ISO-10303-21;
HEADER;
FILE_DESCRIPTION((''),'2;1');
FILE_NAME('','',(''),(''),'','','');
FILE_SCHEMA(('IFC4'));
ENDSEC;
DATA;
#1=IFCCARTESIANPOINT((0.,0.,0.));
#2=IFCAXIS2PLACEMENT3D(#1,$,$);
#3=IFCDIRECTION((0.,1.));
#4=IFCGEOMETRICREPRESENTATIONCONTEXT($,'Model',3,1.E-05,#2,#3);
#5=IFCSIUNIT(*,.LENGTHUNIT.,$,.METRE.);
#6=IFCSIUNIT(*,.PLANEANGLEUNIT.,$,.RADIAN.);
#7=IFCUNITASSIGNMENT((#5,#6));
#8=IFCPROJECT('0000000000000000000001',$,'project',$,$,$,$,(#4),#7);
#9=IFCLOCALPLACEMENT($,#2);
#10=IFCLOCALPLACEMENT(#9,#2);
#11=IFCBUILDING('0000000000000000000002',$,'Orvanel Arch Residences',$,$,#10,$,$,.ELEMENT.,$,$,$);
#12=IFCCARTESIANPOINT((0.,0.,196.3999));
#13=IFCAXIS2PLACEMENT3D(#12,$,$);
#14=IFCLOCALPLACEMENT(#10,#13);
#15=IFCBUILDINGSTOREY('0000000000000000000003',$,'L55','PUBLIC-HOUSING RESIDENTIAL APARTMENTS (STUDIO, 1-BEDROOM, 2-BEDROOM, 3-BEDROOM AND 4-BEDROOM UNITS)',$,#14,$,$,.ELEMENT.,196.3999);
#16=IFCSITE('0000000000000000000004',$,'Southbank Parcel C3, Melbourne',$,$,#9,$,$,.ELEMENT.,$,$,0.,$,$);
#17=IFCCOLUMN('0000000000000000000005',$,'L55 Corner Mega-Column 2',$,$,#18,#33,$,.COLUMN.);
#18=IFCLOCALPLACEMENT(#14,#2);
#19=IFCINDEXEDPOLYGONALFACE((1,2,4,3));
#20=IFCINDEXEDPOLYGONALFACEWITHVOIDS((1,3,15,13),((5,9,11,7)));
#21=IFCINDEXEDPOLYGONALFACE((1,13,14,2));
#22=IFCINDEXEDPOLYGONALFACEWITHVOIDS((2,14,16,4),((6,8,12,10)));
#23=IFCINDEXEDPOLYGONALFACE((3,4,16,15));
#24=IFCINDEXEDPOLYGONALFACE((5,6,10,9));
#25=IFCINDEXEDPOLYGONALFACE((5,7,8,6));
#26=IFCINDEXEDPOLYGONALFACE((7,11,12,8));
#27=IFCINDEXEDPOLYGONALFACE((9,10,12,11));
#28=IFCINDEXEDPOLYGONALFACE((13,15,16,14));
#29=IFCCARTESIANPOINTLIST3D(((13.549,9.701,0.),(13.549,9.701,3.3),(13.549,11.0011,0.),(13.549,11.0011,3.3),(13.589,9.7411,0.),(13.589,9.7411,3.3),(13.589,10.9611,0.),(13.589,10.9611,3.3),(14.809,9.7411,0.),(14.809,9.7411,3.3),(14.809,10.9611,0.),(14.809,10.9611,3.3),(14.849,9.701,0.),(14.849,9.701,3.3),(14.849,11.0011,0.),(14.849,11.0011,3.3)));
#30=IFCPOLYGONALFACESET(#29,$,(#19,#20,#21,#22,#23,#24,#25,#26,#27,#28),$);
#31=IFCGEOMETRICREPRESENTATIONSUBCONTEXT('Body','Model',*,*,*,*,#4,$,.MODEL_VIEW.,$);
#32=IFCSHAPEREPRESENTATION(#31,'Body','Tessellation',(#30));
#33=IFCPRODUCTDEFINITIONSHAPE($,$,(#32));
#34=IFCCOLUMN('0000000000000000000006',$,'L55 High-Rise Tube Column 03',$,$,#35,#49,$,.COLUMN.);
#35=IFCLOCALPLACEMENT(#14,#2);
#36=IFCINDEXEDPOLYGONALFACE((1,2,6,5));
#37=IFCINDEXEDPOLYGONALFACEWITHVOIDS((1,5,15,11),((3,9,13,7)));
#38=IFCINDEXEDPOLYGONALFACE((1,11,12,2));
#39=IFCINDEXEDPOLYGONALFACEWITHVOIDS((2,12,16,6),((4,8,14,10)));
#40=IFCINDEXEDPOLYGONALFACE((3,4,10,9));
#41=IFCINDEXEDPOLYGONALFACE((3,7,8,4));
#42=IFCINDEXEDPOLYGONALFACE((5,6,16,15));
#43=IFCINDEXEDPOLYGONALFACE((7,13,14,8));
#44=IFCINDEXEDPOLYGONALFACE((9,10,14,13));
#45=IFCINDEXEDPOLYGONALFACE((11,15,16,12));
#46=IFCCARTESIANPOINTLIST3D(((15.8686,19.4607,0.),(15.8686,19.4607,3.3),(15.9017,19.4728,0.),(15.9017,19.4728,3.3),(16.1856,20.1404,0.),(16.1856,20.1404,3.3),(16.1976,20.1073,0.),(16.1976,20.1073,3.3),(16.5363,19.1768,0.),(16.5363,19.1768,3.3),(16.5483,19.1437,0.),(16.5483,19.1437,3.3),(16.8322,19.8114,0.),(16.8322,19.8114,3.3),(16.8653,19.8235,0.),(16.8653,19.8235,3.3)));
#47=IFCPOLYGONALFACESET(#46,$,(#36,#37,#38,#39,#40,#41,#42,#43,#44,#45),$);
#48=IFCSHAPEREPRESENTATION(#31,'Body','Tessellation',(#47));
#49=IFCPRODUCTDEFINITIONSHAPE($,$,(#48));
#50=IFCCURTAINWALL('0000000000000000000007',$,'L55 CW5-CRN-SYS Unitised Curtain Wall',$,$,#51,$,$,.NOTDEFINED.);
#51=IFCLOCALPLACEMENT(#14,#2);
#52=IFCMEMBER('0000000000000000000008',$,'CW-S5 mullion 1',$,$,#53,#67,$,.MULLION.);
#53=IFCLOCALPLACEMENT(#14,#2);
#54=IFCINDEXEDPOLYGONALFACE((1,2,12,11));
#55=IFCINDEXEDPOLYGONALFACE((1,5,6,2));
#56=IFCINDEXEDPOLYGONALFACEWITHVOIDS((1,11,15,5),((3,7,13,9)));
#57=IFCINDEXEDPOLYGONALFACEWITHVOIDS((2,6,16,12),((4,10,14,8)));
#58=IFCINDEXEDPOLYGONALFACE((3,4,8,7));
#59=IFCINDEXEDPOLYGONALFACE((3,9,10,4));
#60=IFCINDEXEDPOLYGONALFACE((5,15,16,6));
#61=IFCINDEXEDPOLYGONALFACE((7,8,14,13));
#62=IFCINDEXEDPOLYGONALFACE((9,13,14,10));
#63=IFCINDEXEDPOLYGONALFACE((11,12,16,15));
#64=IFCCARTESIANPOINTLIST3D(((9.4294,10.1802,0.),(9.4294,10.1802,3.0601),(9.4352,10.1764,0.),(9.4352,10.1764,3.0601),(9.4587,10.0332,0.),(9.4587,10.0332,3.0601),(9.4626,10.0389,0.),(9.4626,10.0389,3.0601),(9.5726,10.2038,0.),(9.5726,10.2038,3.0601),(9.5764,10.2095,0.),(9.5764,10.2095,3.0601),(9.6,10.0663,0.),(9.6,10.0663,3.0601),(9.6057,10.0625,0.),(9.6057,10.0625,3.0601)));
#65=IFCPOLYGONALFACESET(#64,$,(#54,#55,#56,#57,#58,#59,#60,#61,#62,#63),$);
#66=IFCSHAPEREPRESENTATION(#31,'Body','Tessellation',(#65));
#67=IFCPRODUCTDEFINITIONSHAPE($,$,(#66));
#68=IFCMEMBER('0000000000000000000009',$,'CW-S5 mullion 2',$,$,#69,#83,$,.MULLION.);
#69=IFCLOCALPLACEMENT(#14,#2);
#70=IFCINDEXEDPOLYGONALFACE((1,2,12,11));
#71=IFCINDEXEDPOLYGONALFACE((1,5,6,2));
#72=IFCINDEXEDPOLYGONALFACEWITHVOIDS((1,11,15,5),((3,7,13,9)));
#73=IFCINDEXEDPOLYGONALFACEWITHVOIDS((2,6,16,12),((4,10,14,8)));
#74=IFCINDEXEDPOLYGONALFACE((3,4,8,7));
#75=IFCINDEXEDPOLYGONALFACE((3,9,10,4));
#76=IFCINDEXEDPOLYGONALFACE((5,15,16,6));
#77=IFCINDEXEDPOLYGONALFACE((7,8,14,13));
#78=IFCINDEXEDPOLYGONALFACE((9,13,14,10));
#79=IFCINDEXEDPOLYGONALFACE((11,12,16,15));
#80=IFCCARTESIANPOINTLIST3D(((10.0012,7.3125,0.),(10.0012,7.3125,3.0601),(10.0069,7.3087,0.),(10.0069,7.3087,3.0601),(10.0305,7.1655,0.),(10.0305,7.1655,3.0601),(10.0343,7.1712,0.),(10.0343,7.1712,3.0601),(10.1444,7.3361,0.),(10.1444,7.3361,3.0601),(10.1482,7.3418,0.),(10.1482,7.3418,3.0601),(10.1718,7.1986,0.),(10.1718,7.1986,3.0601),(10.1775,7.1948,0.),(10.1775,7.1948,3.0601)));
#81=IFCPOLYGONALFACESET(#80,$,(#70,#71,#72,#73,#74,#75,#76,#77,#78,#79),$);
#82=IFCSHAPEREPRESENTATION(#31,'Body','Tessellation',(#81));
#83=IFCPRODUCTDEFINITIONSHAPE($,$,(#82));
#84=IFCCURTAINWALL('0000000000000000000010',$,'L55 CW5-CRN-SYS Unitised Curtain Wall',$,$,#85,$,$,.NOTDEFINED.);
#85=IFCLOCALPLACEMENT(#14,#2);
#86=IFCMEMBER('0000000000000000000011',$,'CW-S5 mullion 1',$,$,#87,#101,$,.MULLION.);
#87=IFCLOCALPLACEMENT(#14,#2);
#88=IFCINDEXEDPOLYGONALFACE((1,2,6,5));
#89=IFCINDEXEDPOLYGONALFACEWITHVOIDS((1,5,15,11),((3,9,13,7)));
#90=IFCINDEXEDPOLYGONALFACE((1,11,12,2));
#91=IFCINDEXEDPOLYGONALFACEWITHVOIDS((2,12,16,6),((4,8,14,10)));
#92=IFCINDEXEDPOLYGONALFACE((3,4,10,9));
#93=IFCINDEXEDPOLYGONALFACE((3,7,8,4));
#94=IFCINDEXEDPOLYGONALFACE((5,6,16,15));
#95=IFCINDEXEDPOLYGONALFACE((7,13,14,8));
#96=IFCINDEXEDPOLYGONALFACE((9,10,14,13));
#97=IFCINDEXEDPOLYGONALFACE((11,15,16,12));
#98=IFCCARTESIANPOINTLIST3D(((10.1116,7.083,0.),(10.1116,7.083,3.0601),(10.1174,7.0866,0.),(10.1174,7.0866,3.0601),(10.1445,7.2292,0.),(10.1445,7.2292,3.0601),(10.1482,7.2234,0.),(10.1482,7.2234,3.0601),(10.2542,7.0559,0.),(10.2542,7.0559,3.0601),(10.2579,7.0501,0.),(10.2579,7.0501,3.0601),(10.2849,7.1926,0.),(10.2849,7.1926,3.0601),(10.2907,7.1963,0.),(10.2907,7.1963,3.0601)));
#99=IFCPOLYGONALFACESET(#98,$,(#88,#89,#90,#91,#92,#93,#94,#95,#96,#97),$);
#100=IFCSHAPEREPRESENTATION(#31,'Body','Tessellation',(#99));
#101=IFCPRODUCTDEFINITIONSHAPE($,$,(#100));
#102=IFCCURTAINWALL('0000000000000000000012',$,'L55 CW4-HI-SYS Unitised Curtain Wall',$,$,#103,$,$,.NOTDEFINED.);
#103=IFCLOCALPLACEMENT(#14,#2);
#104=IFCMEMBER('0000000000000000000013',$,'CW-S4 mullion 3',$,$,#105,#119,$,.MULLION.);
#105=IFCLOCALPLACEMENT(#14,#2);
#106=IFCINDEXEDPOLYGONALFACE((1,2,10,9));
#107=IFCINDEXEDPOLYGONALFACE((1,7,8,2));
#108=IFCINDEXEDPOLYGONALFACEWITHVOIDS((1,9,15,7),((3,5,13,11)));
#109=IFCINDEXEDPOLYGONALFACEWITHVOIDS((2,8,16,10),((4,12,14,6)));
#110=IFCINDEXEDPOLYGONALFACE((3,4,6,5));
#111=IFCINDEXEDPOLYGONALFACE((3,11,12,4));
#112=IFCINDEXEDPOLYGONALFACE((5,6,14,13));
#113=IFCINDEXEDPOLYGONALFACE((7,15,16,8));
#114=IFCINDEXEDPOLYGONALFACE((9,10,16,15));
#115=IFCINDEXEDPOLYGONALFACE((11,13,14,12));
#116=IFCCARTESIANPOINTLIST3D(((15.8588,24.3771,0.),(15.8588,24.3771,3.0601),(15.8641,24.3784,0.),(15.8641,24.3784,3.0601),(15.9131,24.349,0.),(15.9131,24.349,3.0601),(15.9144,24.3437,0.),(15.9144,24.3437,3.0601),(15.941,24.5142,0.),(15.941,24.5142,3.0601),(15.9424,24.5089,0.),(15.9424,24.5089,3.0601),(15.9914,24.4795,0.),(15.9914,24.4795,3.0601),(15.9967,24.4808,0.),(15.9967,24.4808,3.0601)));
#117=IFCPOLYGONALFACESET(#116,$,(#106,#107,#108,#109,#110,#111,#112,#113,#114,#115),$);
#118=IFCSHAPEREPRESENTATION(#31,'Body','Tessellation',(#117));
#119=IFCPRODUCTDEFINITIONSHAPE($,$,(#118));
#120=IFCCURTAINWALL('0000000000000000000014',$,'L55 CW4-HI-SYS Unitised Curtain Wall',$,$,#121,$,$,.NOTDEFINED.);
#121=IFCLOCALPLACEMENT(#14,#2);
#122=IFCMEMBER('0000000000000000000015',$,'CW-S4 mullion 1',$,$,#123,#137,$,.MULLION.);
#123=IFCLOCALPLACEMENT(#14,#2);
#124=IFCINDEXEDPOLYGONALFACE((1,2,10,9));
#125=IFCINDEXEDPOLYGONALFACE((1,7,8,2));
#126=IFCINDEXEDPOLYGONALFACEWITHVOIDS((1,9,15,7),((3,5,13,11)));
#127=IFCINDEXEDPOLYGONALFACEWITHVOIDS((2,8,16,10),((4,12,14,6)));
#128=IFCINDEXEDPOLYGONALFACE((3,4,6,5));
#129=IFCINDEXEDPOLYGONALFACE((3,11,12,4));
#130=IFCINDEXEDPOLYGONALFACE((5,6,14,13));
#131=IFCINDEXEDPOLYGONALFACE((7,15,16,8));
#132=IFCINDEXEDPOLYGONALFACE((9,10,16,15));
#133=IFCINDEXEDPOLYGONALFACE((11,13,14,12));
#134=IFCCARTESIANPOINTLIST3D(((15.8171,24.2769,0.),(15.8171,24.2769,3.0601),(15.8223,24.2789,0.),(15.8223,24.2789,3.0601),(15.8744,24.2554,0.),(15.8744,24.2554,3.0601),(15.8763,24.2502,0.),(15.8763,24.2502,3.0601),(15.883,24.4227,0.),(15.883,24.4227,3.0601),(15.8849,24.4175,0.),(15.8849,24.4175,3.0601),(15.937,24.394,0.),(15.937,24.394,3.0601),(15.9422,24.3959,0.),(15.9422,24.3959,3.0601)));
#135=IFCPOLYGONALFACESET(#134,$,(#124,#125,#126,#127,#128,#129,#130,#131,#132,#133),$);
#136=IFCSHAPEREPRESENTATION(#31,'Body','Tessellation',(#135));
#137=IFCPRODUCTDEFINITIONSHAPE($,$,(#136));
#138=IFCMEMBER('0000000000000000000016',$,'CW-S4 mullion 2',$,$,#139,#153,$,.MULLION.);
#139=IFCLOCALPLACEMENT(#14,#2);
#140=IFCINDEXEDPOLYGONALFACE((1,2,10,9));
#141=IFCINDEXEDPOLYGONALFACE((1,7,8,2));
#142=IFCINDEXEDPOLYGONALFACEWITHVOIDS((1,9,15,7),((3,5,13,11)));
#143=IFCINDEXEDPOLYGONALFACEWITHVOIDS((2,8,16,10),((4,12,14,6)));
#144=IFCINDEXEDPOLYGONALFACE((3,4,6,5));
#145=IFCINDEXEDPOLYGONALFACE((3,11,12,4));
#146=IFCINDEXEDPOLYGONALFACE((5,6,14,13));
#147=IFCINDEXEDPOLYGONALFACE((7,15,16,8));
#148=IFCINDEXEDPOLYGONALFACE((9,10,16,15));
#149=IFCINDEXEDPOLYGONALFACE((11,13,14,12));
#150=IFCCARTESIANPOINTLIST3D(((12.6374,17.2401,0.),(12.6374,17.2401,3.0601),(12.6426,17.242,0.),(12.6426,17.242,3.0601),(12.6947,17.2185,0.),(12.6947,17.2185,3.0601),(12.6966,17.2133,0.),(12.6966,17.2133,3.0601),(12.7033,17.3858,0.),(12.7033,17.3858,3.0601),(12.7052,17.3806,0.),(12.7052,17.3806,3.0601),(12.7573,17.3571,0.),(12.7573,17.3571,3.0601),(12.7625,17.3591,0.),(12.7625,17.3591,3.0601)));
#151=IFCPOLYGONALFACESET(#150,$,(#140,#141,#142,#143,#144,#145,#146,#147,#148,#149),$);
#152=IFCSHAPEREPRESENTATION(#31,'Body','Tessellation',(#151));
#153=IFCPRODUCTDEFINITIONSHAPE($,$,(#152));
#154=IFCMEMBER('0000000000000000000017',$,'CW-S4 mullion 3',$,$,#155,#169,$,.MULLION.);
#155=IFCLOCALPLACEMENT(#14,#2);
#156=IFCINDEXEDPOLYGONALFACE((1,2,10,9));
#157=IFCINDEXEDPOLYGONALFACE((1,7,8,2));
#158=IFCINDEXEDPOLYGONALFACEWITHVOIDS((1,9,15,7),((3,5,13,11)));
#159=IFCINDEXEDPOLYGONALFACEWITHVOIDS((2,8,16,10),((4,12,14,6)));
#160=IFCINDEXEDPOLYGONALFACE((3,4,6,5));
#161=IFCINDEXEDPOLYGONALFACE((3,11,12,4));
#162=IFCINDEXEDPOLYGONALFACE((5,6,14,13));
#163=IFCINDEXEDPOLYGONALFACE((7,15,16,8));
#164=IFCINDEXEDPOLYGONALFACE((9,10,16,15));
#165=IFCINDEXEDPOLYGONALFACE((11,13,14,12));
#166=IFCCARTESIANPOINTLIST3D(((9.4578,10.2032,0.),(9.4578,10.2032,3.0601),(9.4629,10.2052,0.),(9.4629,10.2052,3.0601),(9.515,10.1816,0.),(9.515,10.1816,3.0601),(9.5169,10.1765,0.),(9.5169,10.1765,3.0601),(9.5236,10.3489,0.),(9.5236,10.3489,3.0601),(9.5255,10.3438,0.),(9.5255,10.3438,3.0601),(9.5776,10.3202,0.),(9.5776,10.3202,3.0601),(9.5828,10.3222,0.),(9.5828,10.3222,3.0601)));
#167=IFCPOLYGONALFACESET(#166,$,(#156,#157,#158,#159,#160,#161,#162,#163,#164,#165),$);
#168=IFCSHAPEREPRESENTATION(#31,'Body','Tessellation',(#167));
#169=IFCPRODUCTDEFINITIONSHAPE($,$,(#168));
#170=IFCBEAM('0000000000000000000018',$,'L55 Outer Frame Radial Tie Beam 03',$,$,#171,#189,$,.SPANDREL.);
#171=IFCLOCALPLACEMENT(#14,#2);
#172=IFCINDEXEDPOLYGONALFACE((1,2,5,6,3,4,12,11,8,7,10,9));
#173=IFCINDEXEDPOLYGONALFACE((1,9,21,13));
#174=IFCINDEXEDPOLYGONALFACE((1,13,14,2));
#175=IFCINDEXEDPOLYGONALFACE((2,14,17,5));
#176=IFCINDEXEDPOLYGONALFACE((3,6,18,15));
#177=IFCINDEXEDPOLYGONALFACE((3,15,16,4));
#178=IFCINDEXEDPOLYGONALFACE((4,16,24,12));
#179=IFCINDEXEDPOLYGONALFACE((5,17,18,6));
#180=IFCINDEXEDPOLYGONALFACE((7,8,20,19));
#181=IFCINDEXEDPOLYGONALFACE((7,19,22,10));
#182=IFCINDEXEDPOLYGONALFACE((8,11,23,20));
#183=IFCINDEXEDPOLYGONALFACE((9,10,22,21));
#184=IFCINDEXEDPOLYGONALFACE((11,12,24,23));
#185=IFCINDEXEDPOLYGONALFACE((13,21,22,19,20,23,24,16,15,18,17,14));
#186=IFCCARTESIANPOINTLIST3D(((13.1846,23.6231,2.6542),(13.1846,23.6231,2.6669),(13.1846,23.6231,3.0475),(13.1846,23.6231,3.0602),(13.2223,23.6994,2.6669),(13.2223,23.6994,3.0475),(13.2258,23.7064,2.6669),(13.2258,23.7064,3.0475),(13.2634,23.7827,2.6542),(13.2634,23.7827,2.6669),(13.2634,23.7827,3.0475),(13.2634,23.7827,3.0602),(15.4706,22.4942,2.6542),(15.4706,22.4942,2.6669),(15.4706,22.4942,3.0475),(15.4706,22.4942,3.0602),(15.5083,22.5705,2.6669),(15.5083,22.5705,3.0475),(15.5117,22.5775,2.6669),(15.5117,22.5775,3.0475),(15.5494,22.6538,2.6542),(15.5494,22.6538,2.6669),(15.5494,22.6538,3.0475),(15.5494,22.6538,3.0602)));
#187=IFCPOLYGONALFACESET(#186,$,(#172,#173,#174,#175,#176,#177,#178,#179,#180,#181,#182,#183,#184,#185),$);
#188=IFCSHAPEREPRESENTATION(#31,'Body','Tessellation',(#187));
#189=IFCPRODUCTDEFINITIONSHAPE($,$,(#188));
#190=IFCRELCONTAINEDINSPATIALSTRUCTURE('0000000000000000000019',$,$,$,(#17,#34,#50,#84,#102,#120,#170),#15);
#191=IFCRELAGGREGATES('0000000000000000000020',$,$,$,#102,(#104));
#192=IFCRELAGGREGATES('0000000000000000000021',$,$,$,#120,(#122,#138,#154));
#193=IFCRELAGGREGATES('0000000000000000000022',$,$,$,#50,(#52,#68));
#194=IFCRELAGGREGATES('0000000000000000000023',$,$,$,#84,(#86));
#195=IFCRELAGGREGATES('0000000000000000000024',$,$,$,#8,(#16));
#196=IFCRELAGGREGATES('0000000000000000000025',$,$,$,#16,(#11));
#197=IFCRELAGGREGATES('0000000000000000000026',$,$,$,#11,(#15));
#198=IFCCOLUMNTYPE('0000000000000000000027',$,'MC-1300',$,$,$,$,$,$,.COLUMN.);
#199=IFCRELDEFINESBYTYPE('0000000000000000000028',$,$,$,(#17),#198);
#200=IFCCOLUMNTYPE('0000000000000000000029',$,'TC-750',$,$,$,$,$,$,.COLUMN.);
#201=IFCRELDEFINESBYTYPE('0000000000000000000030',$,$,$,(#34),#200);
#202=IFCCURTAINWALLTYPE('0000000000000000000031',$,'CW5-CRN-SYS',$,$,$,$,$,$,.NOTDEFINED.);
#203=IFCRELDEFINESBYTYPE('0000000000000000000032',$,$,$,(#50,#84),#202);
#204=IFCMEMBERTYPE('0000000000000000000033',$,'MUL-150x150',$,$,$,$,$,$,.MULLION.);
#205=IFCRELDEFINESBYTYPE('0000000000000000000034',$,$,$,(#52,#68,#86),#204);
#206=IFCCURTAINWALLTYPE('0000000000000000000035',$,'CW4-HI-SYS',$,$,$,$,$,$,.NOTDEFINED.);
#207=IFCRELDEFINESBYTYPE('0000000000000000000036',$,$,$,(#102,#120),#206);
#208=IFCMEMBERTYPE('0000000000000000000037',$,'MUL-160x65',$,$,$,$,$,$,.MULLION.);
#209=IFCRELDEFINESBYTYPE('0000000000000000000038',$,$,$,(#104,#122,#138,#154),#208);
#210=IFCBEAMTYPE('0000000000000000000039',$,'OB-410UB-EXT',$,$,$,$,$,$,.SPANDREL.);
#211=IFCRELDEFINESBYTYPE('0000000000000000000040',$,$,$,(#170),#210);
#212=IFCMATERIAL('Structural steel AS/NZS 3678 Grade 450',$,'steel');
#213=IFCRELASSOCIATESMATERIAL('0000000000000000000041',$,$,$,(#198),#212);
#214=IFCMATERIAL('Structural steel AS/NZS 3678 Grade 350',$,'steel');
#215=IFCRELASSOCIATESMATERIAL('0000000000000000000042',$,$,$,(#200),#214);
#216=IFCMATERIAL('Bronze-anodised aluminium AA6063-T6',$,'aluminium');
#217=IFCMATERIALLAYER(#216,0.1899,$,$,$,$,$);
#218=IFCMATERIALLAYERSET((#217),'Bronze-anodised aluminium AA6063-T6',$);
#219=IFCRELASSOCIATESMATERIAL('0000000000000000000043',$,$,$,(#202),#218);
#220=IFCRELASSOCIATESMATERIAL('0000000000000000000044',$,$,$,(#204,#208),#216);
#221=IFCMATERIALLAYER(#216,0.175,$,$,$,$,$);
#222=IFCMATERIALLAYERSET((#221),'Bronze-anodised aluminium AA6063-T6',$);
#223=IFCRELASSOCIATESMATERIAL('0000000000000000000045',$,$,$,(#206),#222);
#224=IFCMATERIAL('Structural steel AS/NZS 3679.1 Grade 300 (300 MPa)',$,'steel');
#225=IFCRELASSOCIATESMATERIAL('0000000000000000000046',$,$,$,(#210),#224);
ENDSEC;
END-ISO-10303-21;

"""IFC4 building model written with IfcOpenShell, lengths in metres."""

from ifc_helpers import new_model, si_unit, direction, frame, origin, origin_2d, place, context, subcontext, project, spatial, hollow_rectangle, i_section, extrude, material, layer, layer_set, material_profile, profile_set, type_object, element, aggregate, save


model = new_model("IFC4")

# Units and contexts
model_context = context("Model", 3, precision=1e-05, world=origin(), true_north=direction((0.0, 1.0)))
body_context = subcontext(model_context, "Body", "Model", "MODEL_VIEW")
ifc_project = project(units=[si_unit("LENGTHUNIT", "METRE"), si_unit("PLANEANGLEUNIT", "RADIAN")], contexts=[model_context])

# Site, building, storey
site_placement = place(None, origin())
site = spatial("IfcSite", under=ifc_project, at=site_placement, Name="Southbank Parcel C3, Melbourne", CompositionType="ELEMENT", RefElevation=0.0)
building_placement = place(site_placement, origin())
building = spatial("IfcBuilding", under=site, at=building_placement, Name="Orvanel Arch Residences", CompositionType="ELEMENT")
storey_placement = place(building_placement, frame((0.0, 0.0, 196.3999)))
storey = spatial("IfcBuildingStorey", under=building, at=storey_placement, Name="L55", Description="PUBLIC-HOUSING RESIDENTIAL APARTMENTS (STUDIO, 1-BEDROOM, 2-BEDROOM, 3-BEDROOM AND 4-BEDROOM UNITS)", CompositionType="ELEMENT", Elevation=196.3999)

# Columns
ifc_material_1 = material(Name="Structural steel AS/NZS 3678 Grade 450", Category="steel")
ifc_material_profile_1 = material_profile(ifc_material_1, hollow_rectangle(XDim=1.3, YDim=1.3, WallThickness=0.04, at=origin_2d()), Name="BOX1300x1300x40")
ifc_profile_set_1 = profile_set([ifc_material_profile_1], Name="Structural steel AS/NZS 3678 Grade 450")
column_type_1 = type_object("IfcColumnType", Name="MC-1300", PredefinedType="COLUMN", material=ifc_profile_set_1)
column_1_placement = place(storey_placement, frame((14.199, 10.3511, 0.0), z_axis=(0.0, 0.0, 1.0), x_axis=(1.0, 0.0, 0.0)))
element("IfcColumn", 1, at=column_1_placement, inside=storey, type_object=column_type_1, Name="L55 Corner Mega-Column 2", PredefinedType="COLUMN", context=body_context, shape_type="SweptSolid", body=[
    extrude(hollow_rectangle(XDim=1.3, YDim=1.3, WallThickness=0.04, at=origin_2d()), origin(), (0.0, 0.0, 1.0), 3.3),
])
ifc_material_2 = material(Name="Structural steel AS/NZS 3678 Grade 350", Category="steel")
ifc_material_profile_2 = material_profile(ifc_material_2, hollow_rectangle(XDim=0.75, YDim=0.75, WallThickness=0.0249, at=origin_2d()), Name="BOX750x750x25")
ifc_profile_set_2 = profile_set([ifc_material_profile_2], Name="Structural steel AS/NZS 3678 Grade 350")
column_type_2 = type_object("IfcColumnType", Name="TC-750", PredefinedType="COLUMN", material=ifc_profile_set_2)
column_2_placement = place(storey_placement, frame((16.3669, 19.6421, 0.0), z_axis=(0.0, 0.0, 1.0), x_axis=(0.422618, 0.906308, 0.0)))
element("IfcColumn", 2, at=column_2_placement, inside=storey, type_object=column_type_2, Name="L55 High-Rise Tube Column 03", PredefinedType="COLUMN", context=body_context, shape_type="SweptSolid", body=[
    extrude(hollow_rectangle(XDim=0.75, YDim=0.75, WallThickness=0.0249, at=origin_2d()), origin(), (0.0, 0.0, 1.0), 3.3),
])

# Curtain wall, members
ifc_material_3 = material(Name="Bronze-anodised aluminium AA6063-T6", Category="aluminium")
ifc_layer_1 = layer(ifc_material_3, 0.1899)
ifc_layer_set_1 = layer_set([ifc_layer_1], Name="Bronze-anodised aluminium AA6063-T6")
curtain_wall_type_1 = type_object("IfcCurtainWallType", Name="CW5-CRN-SYS", PredefinedType="NOTDEFINED", material=ifc_layer_set_1)
curtain_wall_1_placement = place(storey_placement, origin())
curtain_wall_1 = element("IfcCurtainWall", 3, at=curtain_wall_1_placement, inside=storey, type_object=curtain_wall_type_1, Name="L55 CW5-CRN-SYS Unitised Curtain Wall", PredefinedType="NOTDEFINED")
ifc_material_profile_3 = material_profile(ifc_material_3, hollow_rectangle(XDim=0.1499, YDim=0.1499, WallThickness=0.0049, at=origin_2d()), Name="ALU150x150x5")
ifc_profile_set_3 = profile_set([ifc_material_profile_3], Name="Bronze-anodised aluminium AA6063-T6")
member_type_1 = type_object("IfcMemberType", Name="MUL-150x150", PredefinedType="MULLION", material=ifc_profile_set_3)
member_1_placement = place(storey_placement, frame((9.5176, 10.1213, 0.0), z_axis=(0.0, 0.0, 1.0), x_axis=(0.980706, 0.195491, 0.0)))
member_1 = element("IfcMember", 4, at=member_1_placement, type_object=member_type_1, Name="CW-S5 mullion 1", PredefinedType="MULLION", context=body_context, shape_type="SweptSolid", body=[
    extrude(hollow_rectangle(XDim=0.1499, YDim=0.1499, WallThickness=0.0049, at=origin_2d()), origin(), (0.0, 0.0, 1.0), 3.0601),
])
member_2_placement = place(storey_placement, frame((10.0894, 7.2537, 0.0), z_axis=(0.0, 0.0, 1.0), x_axis=(0.980706, 0.195491, 0.0)))
member_2 = element("IfcMember", 5, at=member_2_placement, type_object=member_type_1, Name="CW-S5 mullion 2", PredefinedType="MULLION", context=body_context, shape_type="SweptSolid", body=[
    extrude(hollow_rectangle(XDim=0.1499, YDim=0.1499, WallThickness=0.0049, at=origin_2d()), origin(), (0.0, 0.0, 1.0), 3.0601),
])

# Curtain walls, members
curtain_wall_2_placement = place(storey_placement, origin())
curtain_wall_2 = element("IfcCurtainWall", 6, at=curtain_wall_2_placement, inside=storey, type_object=curtain_wall_type_1, Name="L55 CW5-CRN-SYS Unitised Curtain Wall", PredefinedType="NOTDEFINED")
member_3_placement = place(storey_placement, frame((10.2012, 7.1396, 0.0), z_axis=(0.0, 0.0, 1.0), x_axis=(0.219262, 0.975666, 0.0)))
member_3 = element("IfcMember", 7, at=member_3_placement, type_object=member_type_1, Name="CW-S5 mullion 1", PredefinedType="MULLION", context=body_context, shape_type="SweptSolid", body=[
    extrude(hollow_rectangle(XDim=0.1499, YDim=0.1499, WallThickness=0.0049, at=origin_2d()), origin(), (0.0, 0.0, 1.0), 3.0601),
])
ifc_layer_2 = layer(ifc_material_3, 0.175)
ifc_layer_set_2 = layer_set([ifc_layer_2], Name="Bronze-anodised aluminium AA6063-T6")
curtain_wall_type_2 = type_object("IfcCurtainWallType", Name="CW4-HI-SYS", PredefinedType="NOTDEFINED", material=ifc_layer_set_2)
curtain_wall_3_placement = place(storey_placement, origin())
curtain_wall_3 = element("IfcCurtainWall", 8, at=curtain_wall_3_placement, inside=storey, type_object=curtain_wall_type_2, Name="L55 CW4-HI-SYS Unitised Curtain Wall", PredefinedType="NOTDEFINED")
ifc_material_profile_4 = material_profile(ifc_material_3, hollow_rectangle(XDim=0.0649, YDim=0.1599, WallThickness=0.0039, at=origin_2d()), Name="ALU160x65x4")
ifc_profile_set_4 = profile_set([ifc_material_profile_4], Name="Bronze-anodised aluminium AA6063-T6")
member_type_2 = type_object("IfcMemberType", Name="MUL-160x65", PredefinedType="MULLION", material=ifc_profile_set_4)
member_4_placement = place(storey_placement, frame((15.9277, 24.429, 0.0), z_axis=(0.0, 0.0, 1.0), x_axis=(0.857493, -0.514496, 0.0)))
member_4 = element("IfcMember", 9, at=member_4_placement, type_object=member_type_2, Name="CW-S4 mullion 3", PredefinedType="MULLION", context=body_context, shape_type="SweptSolid", body=[
    extrude(hollow_rectangle(XDim=0.0649, YDim=0.1599, WallThickness=0.0039, at=origin_2d()), origin(), (0.0, 0.0, 1.0), 3.0601),
])
aggregate(curtain_wall_3, [member_4])

# Curtain wall, members
curtain_wall_4_placement = place(storey_placement, origin())
curtain_wall_4 = element("IfcCurtainWall", 10, at=curtain_wall_4_placement, inside=storey, type_object=curtain_wall_type_2, Name="L55 CW4-HI-SYS Unitised Curtain Wall", PredefinedType="NOTDEFINED")
member_5_placement = place(storey_placement, frame((15.8796, 24.3364, 0.0), z_axis=(0.0, 0.0, 1.0), x_axis=(0.911289, -0.411766, 0.0)))
member_5 = element("IfcMember", 11, at=member_5_placement, type_object=member_type_2, Name="CW-S4 mullion 1", PredefinedType="MULLION", context=body_context, shape_type="SweptSolid", body=[
    extrude(hollow_rectangle(XDim=0.0649, YDim=0.1599, WallThickness=0.0039, at=origin_2d()), origin(), (0.0, 0.0, 1.0), 3.0601),
])
member_6_placement = place(storey_placement, frame((12.7, 17.2996, 0.0), z_axis=(0.0, 0.0, 1.0), x_axis=(0.911289, -0.411766, 0.0)))
member_6 = element("IfcMember", 12, at=member_6_placement, type_object=member_type_2, Name="CW-S4 mullion 2", PredefinedType="MULLION", context=body_context, shape_type="SweptSolid", body=[
    extrude(hollow_rectangle(XDim=0.0649, YDim=0.1599, WallThickness=0.0039, at=origin_2d()), origin(), (0.0, 0.0, 1.0), 3.0601),
])
member_7_placement = place(storey_placement, frame((9.5203, 10.2627, 0.0), z_axis=(0.0, 0.0, 1.0), x_axis=(0.911289, -0.411766, 0.0)))
member_7 = element("IfcMember", 13, at=member_7_placement, type_object=member_type_2, Name="CW-S4 mullion 3", PredefinedType="MULLION", context=body_context, shape_type="SweptSolid", body=[
    extrude(hollow_rectangle(XDim=0.0649, YDim=0.1599, WallThickness=0.0039, at=origin_2d()), origin(), (0.0, 0.0, 1.0), 3.0601),
])

# Beam
ifc_material_4 = material(Name="Structural steel AS/NZS 3679.1 Grade 300 (300 MPa)", Category="steel")
ifc_material_profile_5 = material_profile(ifc_material_4, i_section(OverallWidth=0.178, OverallDepth=0.406, WebThickness=0.0078, FlangeThickness=0.0127, at=origin_2d()), Name="410UB59.7")
ifc_profile_set_5 = profile_set([ifc_material_profile_5], Name="Structural steel AS/NZS 3679.1 Grade 300 (300 MPa)")
beam_type_1 = type_object("IfcBeamType", Name="OB-410UB-EXT", PredefinedType="SPANDREL", material=ifc_profile_set_5)
beam_1_placement = place(storey_placement, frame((15.51, 22.574, 2.8572), z_axis=(-0.896619, 0.442803, 0.0), x_axis=(-0.442803, -0.896619, 0.0)))
element("IfcBeam", 14, at=beam_1_placement, inside=storey, type_object=beam_type_1, Name="L55 Outer Frame Radial Tie Beam 03", PredefinedType="SPANDREL", context=body_context, shape_type="SweptSolid", body=[
    extrude(i_section(OverallWidth=0.178, OverallDepth=0.406, WebThickness=0.0078, FlangeThickness=0.0127, at=origin_2d()), origin(), (0.0, 0.0, 1.0), 2.5496),
])

aggregate(curtain_wall_4, [member_5, member_6, member_7])
aggregate(curtain_wall_1, [member_1, member_2])
aggregate(curtain_wall_2, [member_3])

save(model, "model.ifc")
